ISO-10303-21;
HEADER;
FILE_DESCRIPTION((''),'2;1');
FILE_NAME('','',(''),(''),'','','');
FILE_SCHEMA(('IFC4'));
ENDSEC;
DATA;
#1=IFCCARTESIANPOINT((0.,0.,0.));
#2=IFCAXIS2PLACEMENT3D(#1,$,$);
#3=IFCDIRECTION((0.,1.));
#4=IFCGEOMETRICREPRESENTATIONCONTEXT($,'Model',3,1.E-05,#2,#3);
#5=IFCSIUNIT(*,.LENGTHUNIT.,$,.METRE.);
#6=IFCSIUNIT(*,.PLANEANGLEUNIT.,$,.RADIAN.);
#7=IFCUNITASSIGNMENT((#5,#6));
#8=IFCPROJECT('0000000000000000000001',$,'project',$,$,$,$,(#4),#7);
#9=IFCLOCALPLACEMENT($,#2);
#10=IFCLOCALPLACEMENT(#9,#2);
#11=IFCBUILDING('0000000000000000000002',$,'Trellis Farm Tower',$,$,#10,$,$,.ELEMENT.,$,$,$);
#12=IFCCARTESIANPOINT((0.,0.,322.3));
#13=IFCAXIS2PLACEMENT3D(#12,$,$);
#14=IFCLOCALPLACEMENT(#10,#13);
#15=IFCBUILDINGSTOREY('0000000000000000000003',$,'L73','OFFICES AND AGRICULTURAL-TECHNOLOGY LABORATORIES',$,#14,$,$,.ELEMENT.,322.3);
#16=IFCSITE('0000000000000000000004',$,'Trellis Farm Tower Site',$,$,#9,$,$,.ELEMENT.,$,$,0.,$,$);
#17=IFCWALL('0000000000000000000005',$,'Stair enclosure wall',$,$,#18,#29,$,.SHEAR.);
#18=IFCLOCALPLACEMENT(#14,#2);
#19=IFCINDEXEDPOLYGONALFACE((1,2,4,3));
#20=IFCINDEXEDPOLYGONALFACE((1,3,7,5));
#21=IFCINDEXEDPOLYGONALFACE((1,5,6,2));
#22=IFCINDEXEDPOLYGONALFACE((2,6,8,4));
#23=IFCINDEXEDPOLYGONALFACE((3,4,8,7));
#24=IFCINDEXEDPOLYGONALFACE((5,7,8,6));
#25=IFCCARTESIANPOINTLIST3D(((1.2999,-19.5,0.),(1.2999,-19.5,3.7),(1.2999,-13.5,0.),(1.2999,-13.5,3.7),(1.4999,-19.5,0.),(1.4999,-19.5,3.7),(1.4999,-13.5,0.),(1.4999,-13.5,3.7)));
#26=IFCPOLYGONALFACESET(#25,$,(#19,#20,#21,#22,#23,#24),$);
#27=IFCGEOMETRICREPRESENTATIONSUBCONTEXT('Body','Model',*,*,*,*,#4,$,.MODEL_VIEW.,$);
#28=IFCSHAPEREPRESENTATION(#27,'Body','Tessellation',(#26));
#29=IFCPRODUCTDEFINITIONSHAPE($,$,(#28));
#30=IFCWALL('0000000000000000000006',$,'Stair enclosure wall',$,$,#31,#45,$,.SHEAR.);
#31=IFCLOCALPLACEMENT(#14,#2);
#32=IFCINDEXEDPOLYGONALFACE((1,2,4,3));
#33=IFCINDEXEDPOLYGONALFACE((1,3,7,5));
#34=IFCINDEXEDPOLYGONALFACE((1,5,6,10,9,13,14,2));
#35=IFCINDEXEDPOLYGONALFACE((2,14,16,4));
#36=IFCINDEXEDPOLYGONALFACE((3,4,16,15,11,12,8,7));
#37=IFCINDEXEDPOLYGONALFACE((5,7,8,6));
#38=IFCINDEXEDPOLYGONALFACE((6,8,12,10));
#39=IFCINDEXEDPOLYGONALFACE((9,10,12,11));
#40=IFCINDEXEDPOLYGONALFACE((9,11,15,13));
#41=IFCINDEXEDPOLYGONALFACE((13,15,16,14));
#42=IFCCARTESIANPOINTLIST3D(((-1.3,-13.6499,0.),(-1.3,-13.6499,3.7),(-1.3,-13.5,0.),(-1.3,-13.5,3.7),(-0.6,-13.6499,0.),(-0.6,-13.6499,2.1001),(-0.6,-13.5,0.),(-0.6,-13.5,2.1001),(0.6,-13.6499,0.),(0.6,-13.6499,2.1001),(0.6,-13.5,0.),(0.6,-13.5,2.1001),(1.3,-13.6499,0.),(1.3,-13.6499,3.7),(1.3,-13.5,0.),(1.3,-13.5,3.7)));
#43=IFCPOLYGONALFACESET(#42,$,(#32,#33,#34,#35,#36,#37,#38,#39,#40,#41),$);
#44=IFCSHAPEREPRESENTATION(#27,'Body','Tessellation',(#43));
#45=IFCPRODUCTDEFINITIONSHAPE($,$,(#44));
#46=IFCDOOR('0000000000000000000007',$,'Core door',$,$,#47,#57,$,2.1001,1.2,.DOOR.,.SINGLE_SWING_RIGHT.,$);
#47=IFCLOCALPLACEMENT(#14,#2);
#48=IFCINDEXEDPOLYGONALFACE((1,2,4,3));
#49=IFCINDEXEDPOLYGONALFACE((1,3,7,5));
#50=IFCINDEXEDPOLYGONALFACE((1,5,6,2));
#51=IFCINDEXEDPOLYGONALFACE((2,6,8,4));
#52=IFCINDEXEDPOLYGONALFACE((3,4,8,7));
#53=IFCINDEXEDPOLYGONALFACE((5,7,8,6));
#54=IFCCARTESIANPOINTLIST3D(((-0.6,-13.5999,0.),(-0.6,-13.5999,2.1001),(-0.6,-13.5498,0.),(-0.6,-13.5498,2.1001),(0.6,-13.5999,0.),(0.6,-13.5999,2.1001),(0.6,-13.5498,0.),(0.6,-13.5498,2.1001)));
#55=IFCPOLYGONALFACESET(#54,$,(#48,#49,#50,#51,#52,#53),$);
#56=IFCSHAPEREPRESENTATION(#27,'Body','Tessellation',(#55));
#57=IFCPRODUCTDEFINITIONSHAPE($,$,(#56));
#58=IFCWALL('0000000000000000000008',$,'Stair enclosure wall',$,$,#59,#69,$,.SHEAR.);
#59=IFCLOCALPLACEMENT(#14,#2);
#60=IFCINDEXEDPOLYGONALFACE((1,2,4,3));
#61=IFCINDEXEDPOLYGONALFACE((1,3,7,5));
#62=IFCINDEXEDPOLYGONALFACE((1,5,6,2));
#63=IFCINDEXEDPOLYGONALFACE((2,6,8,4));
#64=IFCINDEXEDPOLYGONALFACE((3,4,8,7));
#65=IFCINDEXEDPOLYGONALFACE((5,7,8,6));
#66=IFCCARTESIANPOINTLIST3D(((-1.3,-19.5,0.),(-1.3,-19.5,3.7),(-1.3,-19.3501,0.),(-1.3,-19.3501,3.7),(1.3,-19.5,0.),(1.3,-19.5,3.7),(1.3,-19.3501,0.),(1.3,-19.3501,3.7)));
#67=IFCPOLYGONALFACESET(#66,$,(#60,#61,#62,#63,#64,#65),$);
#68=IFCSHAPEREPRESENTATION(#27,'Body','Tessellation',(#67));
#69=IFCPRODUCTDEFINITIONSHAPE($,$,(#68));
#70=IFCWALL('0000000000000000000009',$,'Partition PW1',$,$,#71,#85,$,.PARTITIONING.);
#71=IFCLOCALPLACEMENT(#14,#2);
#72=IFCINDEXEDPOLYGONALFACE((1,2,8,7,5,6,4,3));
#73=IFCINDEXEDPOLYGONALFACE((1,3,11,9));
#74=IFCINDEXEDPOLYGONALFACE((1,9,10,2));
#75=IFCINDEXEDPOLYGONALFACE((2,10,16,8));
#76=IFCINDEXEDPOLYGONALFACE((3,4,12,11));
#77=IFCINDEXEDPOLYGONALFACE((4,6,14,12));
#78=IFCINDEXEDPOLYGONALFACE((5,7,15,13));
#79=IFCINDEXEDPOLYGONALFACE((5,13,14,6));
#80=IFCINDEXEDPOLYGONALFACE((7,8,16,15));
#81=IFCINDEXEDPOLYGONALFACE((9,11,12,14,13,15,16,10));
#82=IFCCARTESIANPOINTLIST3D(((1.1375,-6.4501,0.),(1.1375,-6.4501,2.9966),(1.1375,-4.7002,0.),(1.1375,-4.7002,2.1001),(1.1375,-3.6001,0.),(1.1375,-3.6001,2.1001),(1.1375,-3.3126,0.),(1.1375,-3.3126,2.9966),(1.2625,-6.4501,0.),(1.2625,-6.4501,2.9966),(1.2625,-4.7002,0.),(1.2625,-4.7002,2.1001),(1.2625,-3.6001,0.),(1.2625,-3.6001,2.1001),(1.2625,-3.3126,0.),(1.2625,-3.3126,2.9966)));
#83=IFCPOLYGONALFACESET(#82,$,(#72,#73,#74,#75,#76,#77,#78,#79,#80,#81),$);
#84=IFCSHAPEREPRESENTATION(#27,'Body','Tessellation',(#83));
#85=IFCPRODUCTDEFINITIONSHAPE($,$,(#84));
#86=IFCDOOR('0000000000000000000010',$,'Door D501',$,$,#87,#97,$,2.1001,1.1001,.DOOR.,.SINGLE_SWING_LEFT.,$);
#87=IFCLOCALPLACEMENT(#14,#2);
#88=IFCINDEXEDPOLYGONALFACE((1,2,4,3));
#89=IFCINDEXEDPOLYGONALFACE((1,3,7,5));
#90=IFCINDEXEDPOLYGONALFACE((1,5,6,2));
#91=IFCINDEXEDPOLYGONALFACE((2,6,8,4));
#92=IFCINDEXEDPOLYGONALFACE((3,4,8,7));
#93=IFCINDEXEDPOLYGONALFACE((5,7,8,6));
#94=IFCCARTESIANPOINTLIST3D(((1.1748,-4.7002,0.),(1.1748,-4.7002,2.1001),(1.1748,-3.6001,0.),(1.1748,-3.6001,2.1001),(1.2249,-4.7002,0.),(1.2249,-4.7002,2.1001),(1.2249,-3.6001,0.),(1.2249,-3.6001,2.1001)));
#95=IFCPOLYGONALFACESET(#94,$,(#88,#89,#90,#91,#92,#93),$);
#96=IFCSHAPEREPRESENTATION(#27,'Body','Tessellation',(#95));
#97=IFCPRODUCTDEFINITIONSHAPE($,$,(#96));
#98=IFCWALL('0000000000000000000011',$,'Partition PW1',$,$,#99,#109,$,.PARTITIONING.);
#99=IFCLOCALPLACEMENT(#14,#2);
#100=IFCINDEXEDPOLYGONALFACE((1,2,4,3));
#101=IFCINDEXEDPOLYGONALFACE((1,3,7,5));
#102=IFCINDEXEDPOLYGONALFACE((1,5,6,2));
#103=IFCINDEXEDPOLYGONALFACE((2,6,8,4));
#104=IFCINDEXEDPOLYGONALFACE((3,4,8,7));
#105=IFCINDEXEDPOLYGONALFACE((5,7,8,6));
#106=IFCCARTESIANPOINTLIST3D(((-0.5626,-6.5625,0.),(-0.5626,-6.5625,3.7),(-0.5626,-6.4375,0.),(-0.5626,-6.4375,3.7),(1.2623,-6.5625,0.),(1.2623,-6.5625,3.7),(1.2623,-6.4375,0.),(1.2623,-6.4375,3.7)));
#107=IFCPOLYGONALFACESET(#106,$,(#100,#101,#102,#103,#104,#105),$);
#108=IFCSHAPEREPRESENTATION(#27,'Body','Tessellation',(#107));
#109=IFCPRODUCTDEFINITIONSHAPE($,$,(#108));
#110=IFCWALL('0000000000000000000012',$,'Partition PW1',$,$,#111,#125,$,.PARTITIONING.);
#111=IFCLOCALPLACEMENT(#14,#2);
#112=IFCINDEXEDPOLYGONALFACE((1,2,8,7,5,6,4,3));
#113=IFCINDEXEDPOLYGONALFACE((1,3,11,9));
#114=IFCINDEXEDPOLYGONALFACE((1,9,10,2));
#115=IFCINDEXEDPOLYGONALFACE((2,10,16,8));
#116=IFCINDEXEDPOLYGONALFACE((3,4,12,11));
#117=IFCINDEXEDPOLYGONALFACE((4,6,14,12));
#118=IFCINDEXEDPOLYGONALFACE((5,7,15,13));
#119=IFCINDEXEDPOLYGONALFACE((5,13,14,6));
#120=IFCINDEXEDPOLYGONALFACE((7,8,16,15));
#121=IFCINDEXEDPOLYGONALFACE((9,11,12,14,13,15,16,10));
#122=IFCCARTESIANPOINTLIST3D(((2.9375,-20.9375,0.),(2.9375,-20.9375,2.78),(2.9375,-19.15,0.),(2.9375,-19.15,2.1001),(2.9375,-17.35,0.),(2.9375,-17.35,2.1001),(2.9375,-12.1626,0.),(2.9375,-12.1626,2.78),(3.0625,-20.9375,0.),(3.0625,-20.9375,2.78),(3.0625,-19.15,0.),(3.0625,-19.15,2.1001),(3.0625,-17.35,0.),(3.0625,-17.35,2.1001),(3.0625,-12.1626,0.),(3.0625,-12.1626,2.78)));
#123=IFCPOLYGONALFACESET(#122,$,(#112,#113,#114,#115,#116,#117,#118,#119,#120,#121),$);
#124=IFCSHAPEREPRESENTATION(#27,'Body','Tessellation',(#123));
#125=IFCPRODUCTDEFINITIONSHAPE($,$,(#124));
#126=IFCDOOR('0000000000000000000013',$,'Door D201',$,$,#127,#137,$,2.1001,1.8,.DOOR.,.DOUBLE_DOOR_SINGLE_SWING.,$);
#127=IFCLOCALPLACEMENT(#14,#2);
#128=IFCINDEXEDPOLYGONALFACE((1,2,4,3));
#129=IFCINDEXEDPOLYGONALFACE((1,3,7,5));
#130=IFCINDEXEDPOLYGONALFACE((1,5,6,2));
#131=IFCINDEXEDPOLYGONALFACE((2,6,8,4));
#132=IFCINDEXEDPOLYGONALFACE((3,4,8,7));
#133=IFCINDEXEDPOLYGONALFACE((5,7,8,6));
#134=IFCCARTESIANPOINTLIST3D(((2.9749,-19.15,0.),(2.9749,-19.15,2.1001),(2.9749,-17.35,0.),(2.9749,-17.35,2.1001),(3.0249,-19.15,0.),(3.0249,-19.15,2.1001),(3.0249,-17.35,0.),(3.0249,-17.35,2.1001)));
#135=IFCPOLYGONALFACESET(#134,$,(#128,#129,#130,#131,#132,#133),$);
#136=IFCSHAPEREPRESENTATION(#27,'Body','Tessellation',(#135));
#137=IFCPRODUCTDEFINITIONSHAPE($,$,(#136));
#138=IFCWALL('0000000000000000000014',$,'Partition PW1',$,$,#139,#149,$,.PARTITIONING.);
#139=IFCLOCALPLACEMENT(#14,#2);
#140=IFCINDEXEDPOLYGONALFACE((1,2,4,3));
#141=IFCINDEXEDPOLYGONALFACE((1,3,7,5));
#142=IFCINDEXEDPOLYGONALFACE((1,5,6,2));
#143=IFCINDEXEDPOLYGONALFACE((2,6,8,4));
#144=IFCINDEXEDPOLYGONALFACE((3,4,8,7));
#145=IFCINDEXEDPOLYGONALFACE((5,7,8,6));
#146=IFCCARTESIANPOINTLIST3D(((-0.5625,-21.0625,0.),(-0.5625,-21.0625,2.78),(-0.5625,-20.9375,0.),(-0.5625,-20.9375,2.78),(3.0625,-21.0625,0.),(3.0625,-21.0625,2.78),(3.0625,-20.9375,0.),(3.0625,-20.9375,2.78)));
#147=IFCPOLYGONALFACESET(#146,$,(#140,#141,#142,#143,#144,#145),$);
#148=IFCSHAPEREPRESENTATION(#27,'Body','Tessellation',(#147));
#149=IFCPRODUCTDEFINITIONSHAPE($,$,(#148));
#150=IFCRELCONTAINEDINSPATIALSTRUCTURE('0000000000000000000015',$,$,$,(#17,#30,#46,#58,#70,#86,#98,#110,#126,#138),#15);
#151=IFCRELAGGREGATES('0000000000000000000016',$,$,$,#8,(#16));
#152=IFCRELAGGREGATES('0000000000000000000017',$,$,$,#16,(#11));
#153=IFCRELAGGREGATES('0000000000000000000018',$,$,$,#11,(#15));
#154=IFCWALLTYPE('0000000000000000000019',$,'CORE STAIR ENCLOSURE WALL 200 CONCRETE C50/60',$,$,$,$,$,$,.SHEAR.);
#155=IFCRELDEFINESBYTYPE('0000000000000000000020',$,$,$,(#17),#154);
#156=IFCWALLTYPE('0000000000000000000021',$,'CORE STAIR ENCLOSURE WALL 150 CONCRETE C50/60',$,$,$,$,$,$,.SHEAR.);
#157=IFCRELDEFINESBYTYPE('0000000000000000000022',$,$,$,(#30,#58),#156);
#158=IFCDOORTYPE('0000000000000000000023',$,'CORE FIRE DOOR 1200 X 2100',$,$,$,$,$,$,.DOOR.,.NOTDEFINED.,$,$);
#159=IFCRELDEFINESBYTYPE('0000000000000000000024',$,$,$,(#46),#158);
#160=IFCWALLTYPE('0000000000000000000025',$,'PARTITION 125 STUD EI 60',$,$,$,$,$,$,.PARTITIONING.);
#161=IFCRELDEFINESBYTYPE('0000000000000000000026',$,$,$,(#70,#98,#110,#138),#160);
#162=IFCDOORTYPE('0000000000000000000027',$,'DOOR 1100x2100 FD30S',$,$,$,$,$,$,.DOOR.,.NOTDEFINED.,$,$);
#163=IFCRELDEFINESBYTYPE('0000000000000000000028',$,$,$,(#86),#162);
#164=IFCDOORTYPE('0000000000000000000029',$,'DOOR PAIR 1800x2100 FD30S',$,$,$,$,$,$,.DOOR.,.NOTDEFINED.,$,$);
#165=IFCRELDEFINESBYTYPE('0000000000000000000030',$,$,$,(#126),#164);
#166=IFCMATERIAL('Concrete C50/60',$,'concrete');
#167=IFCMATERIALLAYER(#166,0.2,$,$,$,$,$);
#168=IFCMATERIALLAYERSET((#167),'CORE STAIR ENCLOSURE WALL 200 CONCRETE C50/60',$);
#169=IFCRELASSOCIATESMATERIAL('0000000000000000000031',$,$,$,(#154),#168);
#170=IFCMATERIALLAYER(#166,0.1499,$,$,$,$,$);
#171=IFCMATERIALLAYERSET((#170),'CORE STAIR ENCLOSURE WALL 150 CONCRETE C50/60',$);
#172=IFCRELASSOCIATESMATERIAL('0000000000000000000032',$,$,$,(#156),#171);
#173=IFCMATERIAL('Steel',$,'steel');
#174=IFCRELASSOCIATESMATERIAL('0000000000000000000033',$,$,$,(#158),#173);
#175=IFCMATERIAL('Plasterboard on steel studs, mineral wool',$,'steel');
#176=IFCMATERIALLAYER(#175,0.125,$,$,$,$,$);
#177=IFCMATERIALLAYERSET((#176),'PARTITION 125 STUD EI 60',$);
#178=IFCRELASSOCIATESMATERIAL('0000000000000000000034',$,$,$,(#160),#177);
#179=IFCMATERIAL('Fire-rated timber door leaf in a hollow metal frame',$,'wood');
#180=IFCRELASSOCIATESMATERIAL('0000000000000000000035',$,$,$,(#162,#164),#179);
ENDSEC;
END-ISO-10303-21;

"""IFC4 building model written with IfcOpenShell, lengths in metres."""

from ifc_helpers import new_model, si_unit, direction, frame, frame_2d, origin, place, context, subcontext, project, spatial, rectangle, extrude, source, transform, mapped, material, layer, layer_set, type_object, element, fill, save


model = new_model("IFC4")

# Units and contexts
model_context = context("Model", 3, precision=1e-05, world=origin(), true_north=direction((0.0, 1.0)))
body_context = subcontext(model_context, "Body", "Model", "MODEL_VIEW")
ifc_project = project(units=[si_unit("LENGTHUNIT", "METRE"), si_unit("PLANEANGLEUNIT", "RADIAN")], contexts=[model_context])

# Site, building, storey
site_placement = place(None, origin())
site = spatial("IfcSite", under=ifc_project, at=site_placement, Name="Trellis Farm Tower Site", CompositionType="ELEMENT", RefElevation=0.0)
building_placement = place(site_placement, origin())
building = spatial("IfcBuilding", under=site, at=building_placement, Name="Trellis Farm Tower", CompositionType="ELEMENT")
storey_placement = place(building_placement, frame((0.0, 0.0, 322.3)))
storey = spatial("IfcBuildingStorey", under=building, at=storey_placement, Name="L73", Description="OFFICES AND AGRICULTURAL-TECHNOLOGY LABORATORIES", CompositionType="ELEMENT", Elevation=322.3)

# Wall
ifc_material_1 = material(Name="Concrete C50/60", Category="concrete")
ifc_layer_1 = layer(ifc_material_1, 0.2)
ifc_layer_set_1 = layer_set([ifc_layer_1], Name="CORE STAIR ENCLOSURE WALL 200 CONCRETE C50/60")
wall_type_1 = type_object("IfcWallType", Name="CORE STAIR ENCLOSURE WALL 200 CONCRETE C50/60", PredefinedType="SHEAR", material=ifc_layer_set_1)
shared_shape_1 = source(origin(), body_context, "Body", "SweptSolid", [
    extrude(rectangle(XDim=6.0, YDim=0.2, at=frame_2d((3.0, 0.0))), origin(), (0.0, 0.0, 1.0), 3.7),
])
wall_1_placement = place(storey_placement, frame((1.3999, -13.5, 0.0), z_axis=(0.0, 0.0, 1.0), x_axis=(0.0, -1.0, 0.0)))
element("IfcWall", 1, at=wall_1_placement, inside=storey, type_object=wall_type_1, Name="Stair enclosure wall", PredefinedType="SHEAR", context=body_context, shape_type="MappedRepresentation", body=[
    mapped(shared_shape_1, transform((0.0, 0.0, 0.0))),
])

# Wall, opening, door
ifc_layer_2 = layer(ifc_material_1, 0.1499)
ifc_layer_set_2 = layer_set([ifc_layer_2], Name="CORE STAIR ENCLOSURE WALL 150 CONCRETE C50/60")
wall_type_2 = type_object("IfcWallType", Name="CORE STAIR ENCLOSURE WALL 150 CONCRETE C50/60", PredefinedType="SHEAR", material=ifc_layer_set_2)
shared_shape_2 = source(origin(), body_context, "Body", "SweptSolid", [
    extrude(rectangle(XDim=2.6001, YDim=0.1499, at=frame_2d((1.3, 0.0))), origin(), (0.0, 0.0, 1.0), 3.7),
])
wall_2_placement = place(storey_placement, frame((1.3, -13.575, 0.0), z_axis=(0.0, 0.0, 1.0), x_axis=(-1.0, 0.0, 0.0)))
wall_2 = element("IfcWall", 2, at=wall_2_placement, inside=storey, type_object=wall_type_2, Name="Stair enclosure wall", PredefinedType="SHEAR", context=body_context, shape_type="MappedRepresentation", body=[
    mapped(shared_shape_2, transform((0.0, 0.0, 0.0))),
])
shared_shape_3 = source(origin(), body_context, "Body", "SweptSolid", [
    extrude(rectangle(XDim=1.2, YDim=2.1001, at=frame_2d((0.6001, 1.05))), frame((0.0, 0.085, 0.0), z_axis=(0.0, -1.0, 0.0), x_axis=(1.0, 0.0, 0.0)), (0.0, 0.0, 1.0), 0.1699),
])
opening_1_placement = place(wall_2_placement, frame((0.7, 0.0, 0.0)))
opening_1 = element("IfcOpeningElement", 3, at=opening_1_placement, cuts=wall_2, PredefinedType="OPENING", context=body_context, shape_type="MappedRepresentation", body=[
    mapped(shared_shape_3, transform((0.0, 0.0, 0.0))),
])
ifc_material_2 = material(Name="Steel", Category="steel")
door_type_1 = type_object("IfcDoorType", Name="CORE FIRE DOOR 1200 X 2100", OperationType="NOTDEFINED", PredefinedType="DOOR", material=ifc_material_2)
shared_shape_4 = source(origin(), body_context, "Body", "SweptSolid", [
    extrude(rectangle(XDim=1.2, YDim=2.1001, at=frame_2d((0.6001, 1.05))), frame((0.0, 0.0249, 0.0), z_axis=(0.0, -1.0, 0.0), x_axis=(1.0, 0.0, 0.0)), (0.0, 0.0, 1.0), 0.05),
])
door_1_placement = place(opening_1_placement, origin())
door_1 = element("IfcDoor", 4, at=door_1_placement, inside=storey, type_object=door_type_1, Name="Core door", OperationType="SINGLE_SWING_RIGHT", OverallHeight=2.1001, OverallWidth=1.2, PredefinedType="DOOR", context=body_context, shape_type="MappedRepresentation", body=[
    mapped(shared_shape_4, transform((0.0, 0.0, 0.0))),
])
fill(opening_1, door_1)

# Wall
wall_3_placement = place(storey_placement, frame((1.3, -19.425, 0.0), z_axis=(0.0, 0.0, 1.0), x_axis=(-1.0, 0.0, 0.0)))
element("IfcWall", 5, at=wall_3_placement, inside=storey, type_object=wall_type_2, Name="Stair enclosure wall", PredefinedType="SHEAR", context=body_context, shape_type="MappedRepresentation", body=[
    mapped(shared_shape_2, transform((0.0, 0.0, 0.0))),
])

# Wall, opening, door
ifc_material_3 = material(Name="Plasterboard on steel studs, mineral wool", Category="steel")
ifc_layer_3 = layer(ifc_material_3, 0.125)
ifc_layer_set_3 = layer_set([ifc_layer_3], Name="PARTITION 125 STUD EI 60")
wall_type_3 = type_object("IfcWallType", Name="PARTITION 125 STUD EI 60", PredefinedType="PARTITIONING", material=ifc_layer_set_3)
shared_shape_5 = source(origin(), body_context, "Body", "SweptSolid", [
    extrude(rectangle(XDim=3.1375, YDim=0.125, at=frame_2d((1.5688, 0.0))), origin(), (0.0, 0.0, 1.0), 2.9966),
])
wall_4_placement = place(storey_placement, frame((1.2, -3.3125, 0.0), z_axis=(0.0, 0.0, 1.0), x_axis=(0.0, -1.0, 0.0)))
wall_4 = element("IfcWall", 6, at=wall_4_placement, inside=storey, type_object=wall_type_3, Name="Partition PW1", PredefinedType="PARTITIONING", context=body_context, shape_type="MappedRepresentation", body=[
    mapped(shared_shape_5, transform((0.0, 0.0, 0.0))),
])
shared_shape_6 = source(origin(), body_context, "Body", "SweptSolid", [
    extrude(rectangle(XDim=1.1001, YDim=2.1001, at=frame_2d((0.55, 1.05))), frame((0.0, 0.0725, 0.0), z_axis=(0.0, -1.0, 0.0), x_axis=(1.0, 0.0, 0.0)), (0.0, 0.0, 1.0), 0.145),
])
opening_2_placement = place(wall_4_placement, frame((0.2876, 0.0, 0.0)))
opening_2 = element("IfcOpeningElement", 7, at=opening_2_placement, cuts=wall_4, PredefinedType="OPENING", context=body_context, shape_type="MappedRepresentation", body=[
    mapped(shared_shape_6, transform((0.0, 0.0, 0.0))),
])
ifc_material_4 = material(Name="Fire-rated timber door leaf in a hollow metal frame", Category="wood")
door_type_2 = type_object("IfcDoorType", Name="DOOR 1100x2100 FD30S", OperationType="NOTDEFINED", PredefinedType="DOOR", material=ifc_material_4)
shared_shape_7 = source(origin(), body_context, "Body", "SweptSolid", [
    extrude(rectangle(XDim=1.1001, YDim=2.1001, at=frame_2d((0.55, 1.05))), frame((0.0, 0.0249, 0.0), z_axis=(0.0, -1.0, 0.0), x_axis=(1.0, 0.0, 0.0)), (0.0, 0.0, 1.0), 0.05),
])
door_2_placement = place(opening_2_placement, origin())
door_2 = element("IfcDoor", 8, at=door_2_placement, inside=storey, type_object=door_type_2, Name="Door D501", OperationType="SINGLE_SWING_LEFT", OverallHeight=2.1001, OverallWidth=1.1001, PredefinedType="DOOR", context=body_context, shape_type="MappedRepresentation", body=[
    mapped(shared_shape_7, transform((0.0, 0.0, 0.0))),
])
fill(opening_2, door_2)

# Wall
shared_shape_8 = source(origin(), body_context, "Body", "SweptSolid", [
    extrude(rectangle(XDim=1.825, YDim=0.125, at=frame_2d((0.9126, 0.0))), origin(), (0.0, 0.0, 1.0), 3.7),
])
wall_5_placement = place(storey_placement, frame((1.2625, -6.5, 0.0), z_axis=(0.0, 0.0, 1.0), x_axis=(-1.0, 0.0, 0.0)))
element("IfcWall", 9, at=wall_5_placement, inside=storey, type_object=wall_type_3, Name="Partition PW1", PredefinedType="PARTITIONING", context=body_context, shape_type="MappedRepresentation", body=[
    mapped(shared_shape_8, transform((0.0, 0.0, 0.0))),
])

# Wall, opening, door
shared_shape_9 = source(origin(), body_context, "Body", "SweptSolid", [
    extrude(rectangle(XDim=8.7749, YDim=0.125, at=frame_2d((4.3875, 0.0))), origin(), (0.0, 0.0, 1.0), 2.78),
])
wall_6_placement = place(storey_placement, frame((3.0, -12.1626, 0.0), z_axis=(0.0, 0.0, 1.0), x_axis=(0.0, -1.0, 0.0)))
wall_6 = element("IfcWall", 10, at=wall_6_placement, inside=storey, type_object=wall_type_3, Name="Partition PW1", PredefinedType="PARTITIONING", context=body_context, shape_type="MappedRepresentation", body=[
    mapped(shared_shape_9, transform((0.0, 0.0, 0.0))),
])
shared_shape_10 = source(origin(), body_context, "Body", "SweptSolid", [
    extrude(rectangle(XDim=1.8, YDim=2.1001, at=frame_2d((0.8999, 1.05))), frame((0.0, 0.0725, 0.0), z_axis=(0.0, -1.0, 0.0), x_axis=(1.0, 0.0, 0.0)), (0.0, 0.0, 1.0), 0.145),
])
opening_3_placement = place(wall_6_placement, frame((5.1875, 0.0, 0.0)))
opening_3 = element("IfcOpeningElement", 11, at=opening_3_placement, cuts=wall_6, PredefinedType="OPENING", context=body_context, shape_type="MappedRepresentation", body=[
    mapped(shared_shape_10, transform((0.0, 0.0, 0.0))),
])
door_type_3 = type_object("IfcDoorType", Name="DOOR PAIR 1800x2100 FD30S", OperationType="NOTDEFINED", PredefinedType="DOOR", material=ifc_material_4)
shared_shape_11 = source(origin(), body_context, "Body", "SweptSolid", [
    extrude(rectangle(XDim=1.8, YDim=2.1001, at=frame_2d((0.8999, 1.05))), frame((0.0, 0.0249, 0.0), z_axis=(0.0, -1.0, 0.0), x_axis=(1.0, 0.0, 0.0)), (0.0, 0.0, 1.0), 0.05),
])
door_3_placement = place(opening_3_placement, origin())
door_3 = element("IfcDoor", 12, at=door_3_placement, inside=storey, type_object=door_type_3, Name="Door D201", OperationType="DOUBLE_DOOR_SINGLE_SWING", OverallHeight=2.1001, OverallWidth=1.8, PredefinedType="DOOR", context=body_context, shape_type="MappedRepresentation", body=[
    mapped(shared_shape_11, transform((0.0, 0.0, 0.0))),
])
fill(opening_3, door_3)

# Wall
shared_shape_12 = source(origin(), body_context, "Body", "SweptSolid", [
    extrude(rectangle(XDim=3.625, YDim=0.125, at=frame_2d((1.8125, 0.0))), origin(), (0.0, 0.0, 1.0), 2.78),
])
wall_7_placement = place(storey_placement, frame((3.0625, -21.0, 0.0), z_axis=(0.0, 0.0, 1.0), x_axis=(-1.0, 0.0, 0.0)))
element("IfcWall", 13, at=wall_7_placement, inside=storey, type_object=wall_type_3, Name="Partition PW1", PredefinedType="PARTITIONING", context=body_context, shape_type="MappedRepresentation", body=[
    mapped(shared_shape_12, transform((0.0, 0.0, 0.0))),
])

save(model, "model.ifc")
